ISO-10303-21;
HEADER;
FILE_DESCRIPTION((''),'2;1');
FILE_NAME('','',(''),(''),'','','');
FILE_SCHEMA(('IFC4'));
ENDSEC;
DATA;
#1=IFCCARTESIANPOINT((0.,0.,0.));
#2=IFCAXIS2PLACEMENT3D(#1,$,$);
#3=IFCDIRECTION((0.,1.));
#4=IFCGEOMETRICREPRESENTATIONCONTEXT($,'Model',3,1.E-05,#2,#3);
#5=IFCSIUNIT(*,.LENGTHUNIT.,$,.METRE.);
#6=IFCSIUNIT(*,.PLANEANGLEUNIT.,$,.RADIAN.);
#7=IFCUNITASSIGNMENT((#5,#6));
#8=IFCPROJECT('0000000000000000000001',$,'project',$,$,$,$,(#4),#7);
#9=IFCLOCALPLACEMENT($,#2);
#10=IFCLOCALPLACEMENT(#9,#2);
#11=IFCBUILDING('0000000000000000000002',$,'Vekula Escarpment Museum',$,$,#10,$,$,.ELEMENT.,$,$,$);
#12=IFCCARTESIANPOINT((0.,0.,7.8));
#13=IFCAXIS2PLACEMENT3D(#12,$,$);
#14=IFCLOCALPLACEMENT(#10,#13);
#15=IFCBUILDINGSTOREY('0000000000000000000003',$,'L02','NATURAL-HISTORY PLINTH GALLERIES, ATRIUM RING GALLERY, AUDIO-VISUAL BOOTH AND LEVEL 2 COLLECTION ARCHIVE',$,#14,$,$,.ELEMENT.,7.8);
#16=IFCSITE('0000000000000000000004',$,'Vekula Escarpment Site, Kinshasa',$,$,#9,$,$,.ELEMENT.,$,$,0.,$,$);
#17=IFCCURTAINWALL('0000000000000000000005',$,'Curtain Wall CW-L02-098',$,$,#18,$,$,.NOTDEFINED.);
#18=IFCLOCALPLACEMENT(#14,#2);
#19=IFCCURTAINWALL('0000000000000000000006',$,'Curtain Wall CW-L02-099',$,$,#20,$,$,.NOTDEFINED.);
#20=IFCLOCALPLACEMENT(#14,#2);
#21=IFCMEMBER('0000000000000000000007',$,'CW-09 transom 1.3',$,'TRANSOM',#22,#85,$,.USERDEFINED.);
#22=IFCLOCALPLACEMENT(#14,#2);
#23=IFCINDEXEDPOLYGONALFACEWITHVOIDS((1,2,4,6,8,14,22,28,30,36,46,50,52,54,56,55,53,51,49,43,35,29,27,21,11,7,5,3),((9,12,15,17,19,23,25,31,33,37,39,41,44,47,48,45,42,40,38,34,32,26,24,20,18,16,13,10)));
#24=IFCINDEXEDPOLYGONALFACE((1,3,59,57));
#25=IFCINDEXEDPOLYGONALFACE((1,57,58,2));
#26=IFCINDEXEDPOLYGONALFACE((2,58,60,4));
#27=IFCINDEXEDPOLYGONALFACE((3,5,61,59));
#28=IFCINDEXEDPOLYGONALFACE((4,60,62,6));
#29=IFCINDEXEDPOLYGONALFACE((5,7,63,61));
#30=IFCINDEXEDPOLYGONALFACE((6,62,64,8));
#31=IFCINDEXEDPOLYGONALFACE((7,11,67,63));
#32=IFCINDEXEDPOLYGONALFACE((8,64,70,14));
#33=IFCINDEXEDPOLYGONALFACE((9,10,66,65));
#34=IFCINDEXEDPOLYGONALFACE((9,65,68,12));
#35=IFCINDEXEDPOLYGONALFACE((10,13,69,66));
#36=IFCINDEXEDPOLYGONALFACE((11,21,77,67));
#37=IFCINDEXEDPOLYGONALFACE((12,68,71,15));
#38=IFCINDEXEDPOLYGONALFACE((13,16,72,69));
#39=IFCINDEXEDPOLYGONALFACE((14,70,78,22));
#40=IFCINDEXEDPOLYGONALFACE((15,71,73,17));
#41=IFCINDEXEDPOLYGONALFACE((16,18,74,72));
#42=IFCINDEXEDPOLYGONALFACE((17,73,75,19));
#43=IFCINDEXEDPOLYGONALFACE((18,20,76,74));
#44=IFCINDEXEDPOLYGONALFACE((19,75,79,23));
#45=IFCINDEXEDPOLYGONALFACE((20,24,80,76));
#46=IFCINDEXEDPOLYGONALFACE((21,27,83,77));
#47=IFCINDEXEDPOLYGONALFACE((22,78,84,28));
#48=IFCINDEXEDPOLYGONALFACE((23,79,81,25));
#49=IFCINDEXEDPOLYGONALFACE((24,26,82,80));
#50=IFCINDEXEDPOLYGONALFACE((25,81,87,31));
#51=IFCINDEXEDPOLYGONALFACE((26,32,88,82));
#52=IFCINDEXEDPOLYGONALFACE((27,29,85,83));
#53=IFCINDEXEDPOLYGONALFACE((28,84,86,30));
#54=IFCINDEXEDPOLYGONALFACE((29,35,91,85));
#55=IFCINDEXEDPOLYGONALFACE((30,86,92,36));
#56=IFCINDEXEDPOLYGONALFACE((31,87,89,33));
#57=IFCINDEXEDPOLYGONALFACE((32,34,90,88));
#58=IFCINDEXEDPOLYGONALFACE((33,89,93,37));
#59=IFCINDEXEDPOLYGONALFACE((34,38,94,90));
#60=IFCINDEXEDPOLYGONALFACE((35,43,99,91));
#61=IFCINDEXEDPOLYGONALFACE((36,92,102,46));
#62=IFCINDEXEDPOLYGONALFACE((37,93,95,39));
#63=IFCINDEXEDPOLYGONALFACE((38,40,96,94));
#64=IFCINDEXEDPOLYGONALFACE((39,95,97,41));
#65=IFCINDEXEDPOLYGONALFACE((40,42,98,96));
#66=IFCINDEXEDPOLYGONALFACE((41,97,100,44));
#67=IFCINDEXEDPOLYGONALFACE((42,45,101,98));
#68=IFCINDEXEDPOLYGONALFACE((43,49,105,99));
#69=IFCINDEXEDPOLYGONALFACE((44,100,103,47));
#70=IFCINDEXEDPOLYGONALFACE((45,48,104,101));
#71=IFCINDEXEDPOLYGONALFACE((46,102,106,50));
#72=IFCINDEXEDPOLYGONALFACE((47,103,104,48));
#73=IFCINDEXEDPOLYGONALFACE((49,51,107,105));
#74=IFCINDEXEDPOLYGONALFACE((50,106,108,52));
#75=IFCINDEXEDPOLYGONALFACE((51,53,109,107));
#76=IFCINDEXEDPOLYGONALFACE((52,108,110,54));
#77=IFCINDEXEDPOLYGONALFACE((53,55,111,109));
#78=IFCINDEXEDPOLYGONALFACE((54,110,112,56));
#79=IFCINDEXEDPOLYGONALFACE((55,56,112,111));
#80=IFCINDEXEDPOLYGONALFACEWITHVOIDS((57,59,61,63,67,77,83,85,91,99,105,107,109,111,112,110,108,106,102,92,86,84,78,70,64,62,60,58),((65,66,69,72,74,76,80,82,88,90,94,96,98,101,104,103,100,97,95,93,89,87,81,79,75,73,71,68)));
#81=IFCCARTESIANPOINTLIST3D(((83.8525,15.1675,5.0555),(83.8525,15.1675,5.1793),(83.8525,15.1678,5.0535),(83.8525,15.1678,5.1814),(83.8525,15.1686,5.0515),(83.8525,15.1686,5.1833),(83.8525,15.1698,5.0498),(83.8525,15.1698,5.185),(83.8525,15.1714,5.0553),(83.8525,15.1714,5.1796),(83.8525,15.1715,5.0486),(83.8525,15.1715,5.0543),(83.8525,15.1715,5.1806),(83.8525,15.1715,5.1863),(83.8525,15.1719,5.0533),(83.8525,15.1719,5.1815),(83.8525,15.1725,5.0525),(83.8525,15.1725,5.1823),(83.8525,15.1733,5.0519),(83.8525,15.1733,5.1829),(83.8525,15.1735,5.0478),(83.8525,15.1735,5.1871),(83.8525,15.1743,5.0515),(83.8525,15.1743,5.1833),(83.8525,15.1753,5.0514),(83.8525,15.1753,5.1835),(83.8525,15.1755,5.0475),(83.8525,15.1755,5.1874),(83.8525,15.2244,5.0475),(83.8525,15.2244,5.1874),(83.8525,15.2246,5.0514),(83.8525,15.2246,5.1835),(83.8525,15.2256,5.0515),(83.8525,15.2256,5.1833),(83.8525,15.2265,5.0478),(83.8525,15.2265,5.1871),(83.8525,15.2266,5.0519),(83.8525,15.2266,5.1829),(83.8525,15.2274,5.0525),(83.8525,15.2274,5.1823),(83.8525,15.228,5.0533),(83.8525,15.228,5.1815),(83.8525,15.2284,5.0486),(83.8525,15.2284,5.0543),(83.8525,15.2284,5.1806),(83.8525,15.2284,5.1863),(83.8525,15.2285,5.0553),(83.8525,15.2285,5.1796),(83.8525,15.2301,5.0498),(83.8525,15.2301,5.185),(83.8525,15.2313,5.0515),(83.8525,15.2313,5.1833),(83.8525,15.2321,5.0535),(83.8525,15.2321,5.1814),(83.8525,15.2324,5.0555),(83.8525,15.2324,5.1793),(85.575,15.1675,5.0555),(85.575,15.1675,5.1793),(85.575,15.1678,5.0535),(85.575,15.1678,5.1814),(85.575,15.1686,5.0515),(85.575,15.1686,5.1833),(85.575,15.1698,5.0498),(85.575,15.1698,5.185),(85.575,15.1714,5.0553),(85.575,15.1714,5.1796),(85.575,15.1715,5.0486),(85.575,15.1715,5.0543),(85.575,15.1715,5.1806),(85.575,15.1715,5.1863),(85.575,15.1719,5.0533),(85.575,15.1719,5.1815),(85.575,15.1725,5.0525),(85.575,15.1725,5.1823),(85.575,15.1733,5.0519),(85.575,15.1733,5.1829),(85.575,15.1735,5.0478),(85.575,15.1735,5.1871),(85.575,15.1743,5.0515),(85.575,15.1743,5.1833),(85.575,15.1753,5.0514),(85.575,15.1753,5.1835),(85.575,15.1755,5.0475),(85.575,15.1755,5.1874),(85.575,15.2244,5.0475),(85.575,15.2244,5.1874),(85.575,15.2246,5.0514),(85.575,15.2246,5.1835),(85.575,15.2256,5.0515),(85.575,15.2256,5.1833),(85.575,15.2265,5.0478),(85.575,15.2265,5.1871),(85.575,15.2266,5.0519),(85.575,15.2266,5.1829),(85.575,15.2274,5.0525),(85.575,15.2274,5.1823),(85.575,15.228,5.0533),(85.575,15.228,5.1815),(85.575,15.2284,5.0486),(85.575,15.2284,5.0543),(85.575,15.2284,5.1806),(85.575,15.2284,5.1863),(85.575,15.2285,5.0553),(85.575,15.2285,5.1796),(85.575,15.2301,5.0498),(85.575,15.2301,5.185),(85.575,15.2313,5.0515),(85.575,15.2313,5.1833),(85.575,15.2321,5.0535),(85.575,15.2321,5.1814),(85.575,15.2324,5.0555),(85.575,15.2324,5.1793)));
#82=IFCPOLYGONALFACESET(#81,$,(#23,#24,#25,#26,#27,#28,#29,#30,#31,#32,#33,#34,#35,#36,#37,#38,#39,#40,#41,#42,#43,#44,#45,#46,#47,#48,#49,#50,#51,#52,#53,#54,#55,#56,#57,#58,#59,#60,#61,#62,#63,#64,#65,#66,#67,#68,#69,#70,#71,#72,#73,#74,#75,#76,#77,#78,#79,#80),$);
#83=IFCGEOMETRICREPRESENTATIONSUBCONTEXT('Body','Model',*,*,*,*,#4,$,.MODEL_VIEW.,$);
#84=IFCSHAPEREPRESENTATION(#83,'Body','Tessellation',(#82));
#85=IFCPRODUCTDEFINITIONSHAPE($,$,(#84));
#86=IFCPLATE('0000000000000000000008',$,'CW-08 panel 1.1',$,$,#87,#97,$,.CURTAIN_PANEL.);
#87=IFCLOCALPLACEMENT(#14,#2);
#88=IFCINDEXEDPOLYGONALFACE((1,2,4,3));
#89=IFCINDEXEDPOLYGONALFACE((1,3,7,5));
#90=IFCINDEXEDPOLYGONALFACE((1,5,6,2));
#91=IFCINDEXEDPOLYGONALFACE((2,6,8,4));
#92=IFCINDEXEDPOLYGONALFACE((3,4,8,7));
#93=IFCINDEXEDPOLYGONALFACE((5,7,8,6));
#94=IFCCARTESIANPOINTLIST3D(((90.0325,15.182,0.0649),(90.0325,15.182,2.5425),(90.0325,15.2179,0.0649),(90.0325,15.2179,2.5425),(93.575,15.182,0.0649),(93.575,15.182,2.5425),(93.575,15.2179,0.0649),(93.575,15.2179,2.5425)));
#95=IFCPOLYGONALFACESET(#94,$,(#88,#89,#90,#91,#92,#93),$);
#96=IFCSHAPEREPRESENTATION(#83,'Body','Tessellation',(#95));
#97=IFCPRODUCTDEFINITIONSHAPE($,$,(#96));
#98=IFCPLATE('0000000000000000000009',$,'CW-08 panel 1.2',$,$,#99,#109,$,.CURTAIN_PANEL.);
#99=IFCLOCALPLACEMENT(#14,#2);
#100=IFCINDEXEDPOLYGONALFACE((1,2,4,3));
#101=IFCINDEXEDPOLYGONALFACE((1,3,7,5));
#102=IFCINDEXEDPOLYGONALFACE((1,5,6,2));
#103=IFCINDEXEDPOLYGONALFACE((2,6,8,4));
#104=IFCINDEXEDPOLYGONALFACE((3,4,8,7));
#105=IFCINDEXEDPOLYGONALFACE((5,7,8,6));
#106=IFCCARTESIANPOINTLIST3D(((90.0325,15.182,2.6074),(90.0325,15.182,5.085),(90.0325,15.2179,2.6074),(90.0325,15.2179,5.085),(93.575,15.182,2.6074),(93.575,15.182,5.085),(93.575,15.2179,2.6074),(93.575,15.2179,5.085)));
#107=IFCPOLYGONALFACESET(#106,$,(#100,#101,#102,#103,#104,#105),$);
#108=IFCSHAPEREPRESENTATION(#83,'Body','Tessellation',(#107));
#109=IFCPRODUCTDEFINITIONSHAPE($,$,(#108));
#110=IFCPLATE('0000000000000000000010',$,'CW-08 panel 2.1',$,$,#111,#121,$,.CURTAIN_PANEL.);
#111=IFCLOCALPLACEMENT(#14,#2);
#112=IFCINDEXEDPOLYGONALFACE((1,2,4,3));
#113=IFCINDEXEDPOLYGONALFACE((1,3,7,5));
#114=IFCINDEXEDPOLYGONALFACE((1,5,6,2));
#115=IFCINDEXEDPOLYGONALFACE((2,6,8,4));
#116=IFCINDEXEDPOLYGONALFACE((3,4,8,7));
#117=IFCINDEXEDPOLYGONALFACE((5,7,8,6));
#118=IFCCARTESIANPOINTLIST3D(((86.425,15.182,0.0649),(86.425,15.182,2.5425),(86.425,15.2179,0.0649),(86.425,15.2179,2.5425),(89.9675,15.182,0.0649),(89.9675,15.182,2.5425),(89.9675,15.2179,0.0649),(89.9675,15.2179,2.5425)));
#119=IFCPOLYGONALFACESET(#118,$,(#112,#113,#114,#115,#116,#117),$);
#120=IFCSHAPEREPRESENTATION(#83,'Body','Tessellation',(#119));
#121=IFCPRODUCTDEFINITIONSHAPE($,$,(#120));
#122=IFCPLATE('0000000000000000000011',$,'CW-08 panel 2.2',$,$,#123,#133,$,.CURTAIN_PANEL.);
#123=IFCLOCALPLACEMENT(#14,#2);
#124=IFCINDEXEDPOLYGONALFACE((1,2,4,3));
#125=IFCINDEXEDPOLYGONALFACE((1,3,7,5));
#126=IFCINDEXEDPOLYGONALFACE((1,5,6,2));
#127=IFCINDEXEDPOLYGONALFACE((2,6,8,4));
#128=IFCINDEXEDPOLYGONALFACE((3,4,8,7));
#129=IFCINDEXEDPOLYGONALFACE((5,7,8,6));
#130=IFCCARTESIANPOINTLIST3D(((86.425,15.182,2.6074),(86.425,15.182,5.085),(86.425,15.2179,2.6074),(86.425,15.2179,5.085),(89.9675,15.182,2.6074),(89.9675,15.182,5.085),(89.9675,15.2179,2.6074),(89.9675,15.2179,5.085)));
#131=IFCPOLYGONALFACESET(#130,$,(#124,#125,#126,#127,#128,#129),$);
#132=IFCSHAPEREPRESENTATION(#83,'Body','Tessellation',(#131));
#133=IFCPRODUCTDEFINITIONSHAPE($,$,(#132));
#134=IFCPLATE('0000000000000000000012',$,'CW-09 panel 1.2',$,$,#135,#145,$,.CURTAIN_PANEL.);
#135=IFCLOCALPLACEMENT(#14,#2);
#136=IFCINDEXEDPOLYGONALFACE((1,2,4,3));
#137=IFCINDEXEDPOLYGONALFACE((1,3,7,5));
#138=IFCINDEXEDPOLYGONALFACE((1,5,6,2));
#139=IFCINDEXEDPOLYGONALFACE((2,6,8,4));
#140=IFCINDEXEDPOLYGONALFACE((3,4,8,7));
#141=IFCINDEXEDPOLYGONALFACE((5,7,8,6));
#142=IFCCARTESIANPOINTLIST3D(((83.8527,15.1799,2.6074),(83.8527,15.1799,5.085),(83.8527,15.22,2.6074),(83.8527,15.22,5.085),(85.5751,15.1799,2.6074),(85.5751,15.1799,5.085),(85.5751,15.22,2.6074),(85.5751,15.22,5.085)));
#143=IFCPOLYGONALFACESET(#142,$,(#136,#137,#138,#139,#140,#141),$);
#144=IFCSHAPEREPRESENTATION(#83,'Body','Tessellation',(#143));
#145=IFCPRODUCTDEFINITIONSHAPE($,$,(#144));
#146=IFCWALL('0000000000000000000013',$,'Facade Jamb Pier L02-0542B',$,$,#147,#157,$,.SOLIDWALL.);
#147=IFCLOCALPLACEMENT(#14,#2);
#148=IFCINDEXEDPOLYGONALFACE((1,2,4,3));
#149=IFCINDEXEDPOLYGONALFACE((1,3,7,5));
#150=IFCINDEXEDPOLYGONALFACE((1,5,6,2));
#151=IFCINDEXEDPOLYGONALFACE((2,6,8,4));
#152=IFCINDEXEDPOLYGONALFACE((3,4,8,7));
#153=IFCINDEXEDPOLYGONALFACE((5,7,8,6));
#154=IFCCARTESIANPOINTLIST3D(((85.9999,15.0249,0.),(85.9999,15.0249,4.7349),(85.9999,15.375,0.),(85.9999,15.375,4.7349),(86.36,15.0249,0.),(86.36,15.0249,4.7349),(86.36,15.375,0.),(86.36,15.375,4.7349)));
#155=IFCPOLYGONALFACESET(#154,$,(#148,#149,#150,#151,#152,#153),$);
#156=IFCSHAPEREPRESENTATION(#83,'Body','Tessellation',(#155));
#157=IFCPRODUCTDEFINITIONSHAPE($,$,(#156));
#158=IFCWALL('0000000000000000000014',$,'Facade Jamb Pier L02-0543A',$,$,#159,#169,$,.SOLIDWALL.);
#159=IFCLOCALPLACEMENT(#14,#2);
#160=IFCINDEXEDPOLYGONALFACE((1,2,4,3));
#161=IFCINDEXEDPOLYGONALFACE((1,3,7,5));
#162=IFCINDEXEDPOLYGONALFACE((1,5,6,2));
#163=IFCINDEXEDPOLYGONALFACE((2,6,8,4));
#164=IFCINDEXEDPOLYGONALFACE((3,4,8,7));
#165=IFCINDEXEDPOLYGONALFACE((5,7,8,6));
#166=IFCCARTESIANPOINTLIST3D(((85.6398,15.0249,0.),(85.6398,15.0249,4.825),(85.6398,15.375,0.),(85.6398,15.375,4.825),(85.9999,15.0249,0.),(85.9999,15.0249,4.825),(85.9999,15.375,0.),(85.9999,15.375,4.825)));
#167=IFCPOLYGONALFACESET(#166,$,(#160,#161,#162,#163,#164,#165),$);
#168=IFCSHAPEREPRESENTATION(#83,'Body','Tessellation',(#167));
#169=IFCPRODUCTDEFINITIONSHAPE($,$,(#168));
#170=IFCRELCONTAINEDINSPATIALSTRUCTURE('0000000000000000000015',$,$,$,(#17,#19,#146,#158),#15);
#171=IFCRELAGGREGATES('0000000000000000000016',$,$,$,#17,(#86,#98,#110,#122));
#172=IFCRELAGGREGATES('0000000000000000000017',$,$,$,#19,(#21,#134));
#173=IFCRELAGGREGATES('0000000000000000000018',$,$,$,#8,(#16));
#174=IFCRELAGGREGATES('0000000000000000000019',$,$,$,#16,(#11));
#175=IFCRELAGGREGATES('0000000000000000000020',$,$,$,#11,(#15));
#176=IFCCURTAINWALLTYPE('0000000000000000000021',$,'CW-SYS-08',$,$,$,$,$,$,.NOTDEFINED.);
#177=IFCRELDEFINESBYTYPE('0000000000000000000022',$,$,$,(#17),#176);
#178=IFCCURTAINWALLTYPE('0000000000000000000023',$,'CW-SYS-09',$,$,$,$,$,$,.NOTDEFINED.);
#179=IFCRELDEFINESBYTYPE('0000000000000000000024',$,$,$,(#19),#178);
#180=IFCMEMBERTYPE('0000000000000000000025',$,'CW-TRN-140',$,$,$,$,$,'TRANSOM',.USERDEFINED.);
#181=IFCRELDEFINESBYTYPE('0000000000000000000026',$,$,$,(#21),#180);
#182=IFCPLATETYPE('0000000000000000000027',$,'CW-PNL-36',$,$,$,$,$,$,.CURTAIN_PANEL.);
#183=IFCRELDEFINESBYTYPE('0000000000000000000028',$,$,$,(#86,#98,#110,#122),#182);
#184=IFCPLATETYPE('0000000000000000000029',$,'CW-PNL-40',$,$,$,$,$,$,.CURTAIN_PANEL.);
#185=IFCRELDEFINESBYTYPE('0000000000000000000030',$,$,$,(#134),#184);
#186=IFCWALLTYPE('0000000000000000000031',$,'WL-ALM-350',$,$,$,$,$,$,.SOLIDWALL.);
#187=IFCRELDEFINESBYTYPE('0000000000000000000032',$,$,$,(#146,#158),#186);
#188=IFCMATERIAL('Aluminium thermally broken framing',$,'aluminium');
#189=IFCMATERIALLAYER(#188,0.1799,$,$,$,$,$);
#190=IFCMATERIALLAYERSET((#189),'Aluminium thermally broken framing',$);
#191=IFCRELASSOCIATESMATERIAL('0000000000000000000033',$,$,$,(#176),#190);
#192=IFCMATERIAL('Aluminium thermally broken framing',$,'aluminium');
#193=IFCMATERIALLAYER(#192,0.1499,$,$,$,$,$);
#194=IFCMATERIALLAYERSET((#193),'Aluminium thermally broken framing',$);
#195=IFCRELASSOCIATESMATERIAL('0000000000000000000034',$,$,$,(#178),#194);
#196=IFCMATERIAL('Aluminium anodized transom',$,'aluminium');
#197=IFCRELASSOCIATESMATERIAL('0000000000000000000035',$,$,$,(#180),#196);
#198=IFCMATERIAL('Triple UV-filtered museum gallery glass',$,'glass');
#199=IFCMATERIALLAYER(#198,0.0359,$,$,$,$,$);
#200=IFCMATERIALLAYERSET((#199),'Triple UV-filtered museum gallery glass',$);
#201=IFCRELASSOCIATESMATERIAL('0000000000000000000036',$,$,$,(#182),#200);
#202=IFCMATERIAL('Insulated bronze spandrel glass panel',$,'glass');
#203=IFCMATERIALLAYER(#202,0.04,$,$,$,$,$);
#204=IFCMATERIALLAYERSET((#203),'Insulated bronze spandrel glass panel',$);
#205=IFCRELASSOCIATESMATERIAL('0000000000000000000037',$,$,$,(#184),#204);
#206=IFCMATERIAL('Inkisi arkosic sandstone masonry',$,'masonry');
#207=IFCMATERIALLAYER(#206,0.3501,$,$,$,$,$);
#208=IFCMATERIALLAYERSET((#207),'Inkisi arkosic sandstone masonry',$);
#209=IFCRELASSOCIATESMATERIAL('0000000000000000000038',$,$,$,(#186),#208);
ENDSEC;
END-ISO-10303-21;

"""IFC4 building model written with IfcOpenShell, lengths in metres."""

from ifc_helpers import new_model, si_unit, direction, frame, frame_2d, origin, origin_2d, place, context, subcontext, project, spatial, rectangle, hollow_rectangle, extrude, material, layer, layer_set, material_profile, profile_set, type_object, element, aggregate, save


model = new_model("IFC4")

# Units and contexts
model_context = context("Model", 3, precision=1e-05, world=origin(), true_north=direction((0.0, 1.0)))
body_context = subcontext(model_context, "Body", "Model", "MODEL_VIEW")
ifc_project = project(units=[si_unit("LENGTHUNIT", "METRE"), si_unit("PLANEANGLEUNIT", "RADIAN")], contexts=[model_context])

# Site, building, storey
site_placement = place(None, origin())
site = spatial("IfcSite", under=ifc_project, at=site_placement, Name="Vekula Escarpment Site, Kinshasa", CompositionType="ELEMENT", RefElevation=0.0)
building_placement = place(site_placement, origin())
building = spatial("IfcBuilding", under=site, at=building_placement, Name="Vekula Escarpment Museum", CompositionType="ELEMENT")
storey_placement = place(building_placement, frame((0.0, 0.0, 7.8)))
storey = spatial("IfcBuildingStorey", under=building, at=storey_placement, Name="L02", Description="NATURAL-HISTORY PLINTH GALLERIES, ATRIUM RING GALLERY, AUDIO-VISUAL BOOTH AND LEVEL 2 COLLECTION ARCHIVE", CompositionType="ELEMENT", Elevation=7.8)

# Curtain wall
ifc_material_1 = material(Name="Aluminium thermally broken framing", Category="aluminium")
ifc_layer_1 = layer(ifc_material_1, 0.1799)
ifc_layer_set_1 = layer_set([ifc_layer_1], Name="Aluminium thermally broken framing")
curtain_wall_type_1 = type_object("IfcCurtainWallType", Name="CW-SYS-08", PredefinedType="NOTDEFINED", material=ifc_layer_set_1)
curtain_wall_1_placement = place(storey_placement, origin())
curtain_wall_1 = element("IfcCurtainWall", 1, at=curtain_wall_1_placement, inside=storey, type_object=curtain_wall_type_1, Name="Curtain Wall CW-L02-098", PredefinedType="NOTDEFINED")

# Curtain wall
ifc_material_2 = material(Name="Aluminium thermally broken framing", Category="aluminium")
ifc_layer_2 = layer(ifc_material_2, 0.1499)
ifc_layer_set_2 = layer_set([ifc_layer_2], Name="Aluminium thermally broken framing")
curtain_wall_type_2 = type_object("IfcCurtainWallType", Name="CW-SYS-09", PredefinedType="NOTDEFINED", material=ifc_layer_set_2)
curtain_wall_2_placement = place(storey_placement, origin())
curtain_wall_2 = element("IfcCurtainWall", 2, at=curtain_wall_2_placement, inside=storey, type_object=curtain_wall_type_2, Name="Curtain Wall CW-L02-099", PredefinedType="NOTDEFINED")

# Member
ifc_material_3 = material(Name="Aluminium anodized transom", Category="aluminium")
ifc_material_profile_1 = material_profile(ifc_material_3, hollow_rectangle(XDim=0.0649, YDim=0.1399, WallThickness=0.0039, InnerFilletRadius=0.0039, OuterFilletRadius=0.0081, at=origin_2d()), Name="ALU 140x65x4")
ifc_profile_set_1 = profile_set([ifc_material_profile_1], Name="Aluminium anodized transom")
member_type_1 = type_object("IfcMemberType", Name="CW-TRN-140", ElementType="TRANSOM", PredefinedType="USERDEFINED", material=ifc_profile_set_1)
member_1_placement = place(storey_placement, frame((85.575, 15.2, 5.1174), z_axis=(-1.0, 0.0, 0.0), x_axis=(0.0, -1.0, 0.0)))
member_1 = element("IfcMember", 3, at=member_1_placement, type_object=member_type_1, Name="CW-09 transom 1.3", ObjectType="TRANSOM", PredefinedType="USERDEFINED", context=body_context, shape_type="SweptSolid", body=[
    extrude(hollow_rectangle(XDim=0.0649, YDim=0.1399, WallThickness=0.0039, InnerFilletRadius=0.0039, OuterFilletRadius=0.0081, at=origin_2d()), origin(), (0.0, 0.0, 1.0), 1.7224),
])

# Plates
ifc_material_4 = material(Name="Triple UV-filtered museum gallery glass", Category="glass")
ifc_layer_3 = layer(ifc_material_4, 0.0359)
ifc_layer_set_3 = layer_set([ifc_layer_3], Name="Triple UV-filtered museum gallery glass")
plate_type_1 = type_object("IfcPlateType", Name="CW-PNL-36", PredefinedType="CURTAIN_PANEL", material=ifc_layer_set_3)
plate_1_placement = place(storey_placement, frame((91.8037, 15.2, 0.0649), z_axis=(0.0, 0.0, 1.0), x_axis=(-1.0, 0.0, 0.0)))
plate_1 = element("IfcPlate", 4, at=plate_1_placement, type_object=plate_type_1, Name="CW-08 panel 1.1", PredefinedType="CURTAIN_PANEL", context=body_context, shape_type="SweptSolid", body=[
    extrude(rectangle(XDim=3.5425, YDim=0.0359, at=origin_2d()), origin(), (0.0, 0.0, 1.0), 2.4775),
])
plate_2_placement = place(storey_placement, frame((91.8037, 15.2, 2.6074), z_axis=(0.0, 0.0, 1.0), x_axis=(-1.0, 0.0, 0.0)))
plate_2 = element("IfcPlate", 5, at=plate_2_placement, type_object=plate_type_1, Name="CW-08 panel 1.2", PredefinedType="CURTAIN_PANEL", context=body_context, shape_type="SweptSolid", body=[
    extrude(rectangle(XDim=3.5425, YDim=0.0359, at=origin_2d()), origin(), (0.0, 0.0, 1.0), 2.4775),
])
plate_3_placement = place(storey_placement, frame((88.1963, 15.2, 0.0649), z_axis=(0.0, 0.0, 1.0), x_axis=(-1.0, 0.0, 0.0)))
plate_3 = element("IfcPlate", 6, at=plate_3_placement, type_object=plate_type_1, Name="CW-08 panel 2.1", PredefinedType="CURTAIN_PANEL", context=body_context, shape_type="SweptSolid", body=[
    extrude(rectangle(XDim=3.5425, YDim=0.0359, at=origin_2d()), origin(), (0.0, 0.0, 1.0), 2.4775),
])
plate_4_placement = place(storey_placement, frame((88.1963, 15.2, 2.6074), z_axis=(0.0, 0.0, 1.0), x_axis=(-1.0, 0.0, 0.0)))
plate_4 = element("IfcPlate", 7, at=plate_4_placement, type_object=plate_type_1, Name="CW-08 panel 2.2", PredefinedType="CURTAIN_PANEL", context=body_context, shape_type="SweptSolid", body=[
    extrude(rectangle(XDim=3.5425, YDim=0.0359, at=origin_2d()), origin(), (0.0, 0.0, 1.0), 2.4775),
])
aggregate(curtain_wall_1, [plate_1, plate_2, plate_3, plate_4])
ifc_material_5 = material(Name="Insulated bronze spandrel glass panel", Category="glass")
ifc_layer_4 = layer(ifc_material_5, 0.04)
ifc_layer_set_4 = layer_set([ifc_layer_4], Name="Insulated bronze spandrel glass panel")
plate_type_2 = type_object("IfcPlateType", Name="CW-PNL-40", PredefinedType="CURTAIN_PANEL", material=ifc_layer_set_4)
plate_5_placement = place(storey_placement, frame((84.7139, 15.2, 2.6074), z_axis=(0.0, 0.0, 1.0), x_axis=(-1.0, 0.0, 0.0)))
plate_5 = element("IfcPlate", 8, at=plate_5_placement, type_object=plate_type_2, Name="CW-09 panel 1.2", PredefinedType="CURTAIN_PANEL", context=body_context, shape_type="SweptSolid", body=[
    extrude(rectangle(XDim=1.7224, YDim=0.04, at=origin_2d()), origin(), (0.0, 0.0, 1.0), 2.4775),
])
aggregate(curtain_wall_2, [member_1, plate_5])

# Walls
ifc_material_6 = material(Name="Inkisi arkosic sandstone masonry", Category="masonry")
ifc_layer_5 = layer(ifc_material_6, 0.3501)
ifc_layer_set_5 = layer_set([ifc_layer_5], Name="Inkisi arkosic sandstone masonry")
wall_type = type_object("IfcWallType", Name="WL-ALM-350", PredefinedType="SOLIDWALL", material=ifc_layer_set_5)
wall_1_placement = place(storey_placement, frame((86.3601, 15.2, 0.0), z_axis=(0.0, 0.0, 1.0), x_axis=(-1.0, 0.0, 0.0)))
element("IfcWall", 9, at=wall_1_placement, inside=storey, type_object=wall_type, Name="Facade Jamb Pier L02-0542B", PredefinedType="SOLIDWALL", context=body_context, shape_type="SweptSolid", body=[
    extrude(rectangle(XDim=0.3601, YDim=0.3501, at=frame_2d((0.1802, 0.0))), origin(), (0.0, 0.0, 1.0), 4.7349),
])
wall_2_placement = place(storey_placement, frame((86.0, 15.2, 0.0), z_axis=(0.0, 0.0, 1.0), x_axis=(-1.0, 0.0, 0.0)))
element("IfcWall", 10, at=wall_2_placement, inside=storey, type_object=wall_type, Name="Facade Jamb Pier L02-0543A", PredefinedType="SOLIDWALL", context=body_context, shape_type="SweptSolid", body=[
    extrude(rectangle(XDim=0.3601, YDim=0.3501, at=frame_2d((0.1802, 0.0))), origin(), (0.0, 0.0, 1.0), 4.825),
])

save(model, "model.ifc")
